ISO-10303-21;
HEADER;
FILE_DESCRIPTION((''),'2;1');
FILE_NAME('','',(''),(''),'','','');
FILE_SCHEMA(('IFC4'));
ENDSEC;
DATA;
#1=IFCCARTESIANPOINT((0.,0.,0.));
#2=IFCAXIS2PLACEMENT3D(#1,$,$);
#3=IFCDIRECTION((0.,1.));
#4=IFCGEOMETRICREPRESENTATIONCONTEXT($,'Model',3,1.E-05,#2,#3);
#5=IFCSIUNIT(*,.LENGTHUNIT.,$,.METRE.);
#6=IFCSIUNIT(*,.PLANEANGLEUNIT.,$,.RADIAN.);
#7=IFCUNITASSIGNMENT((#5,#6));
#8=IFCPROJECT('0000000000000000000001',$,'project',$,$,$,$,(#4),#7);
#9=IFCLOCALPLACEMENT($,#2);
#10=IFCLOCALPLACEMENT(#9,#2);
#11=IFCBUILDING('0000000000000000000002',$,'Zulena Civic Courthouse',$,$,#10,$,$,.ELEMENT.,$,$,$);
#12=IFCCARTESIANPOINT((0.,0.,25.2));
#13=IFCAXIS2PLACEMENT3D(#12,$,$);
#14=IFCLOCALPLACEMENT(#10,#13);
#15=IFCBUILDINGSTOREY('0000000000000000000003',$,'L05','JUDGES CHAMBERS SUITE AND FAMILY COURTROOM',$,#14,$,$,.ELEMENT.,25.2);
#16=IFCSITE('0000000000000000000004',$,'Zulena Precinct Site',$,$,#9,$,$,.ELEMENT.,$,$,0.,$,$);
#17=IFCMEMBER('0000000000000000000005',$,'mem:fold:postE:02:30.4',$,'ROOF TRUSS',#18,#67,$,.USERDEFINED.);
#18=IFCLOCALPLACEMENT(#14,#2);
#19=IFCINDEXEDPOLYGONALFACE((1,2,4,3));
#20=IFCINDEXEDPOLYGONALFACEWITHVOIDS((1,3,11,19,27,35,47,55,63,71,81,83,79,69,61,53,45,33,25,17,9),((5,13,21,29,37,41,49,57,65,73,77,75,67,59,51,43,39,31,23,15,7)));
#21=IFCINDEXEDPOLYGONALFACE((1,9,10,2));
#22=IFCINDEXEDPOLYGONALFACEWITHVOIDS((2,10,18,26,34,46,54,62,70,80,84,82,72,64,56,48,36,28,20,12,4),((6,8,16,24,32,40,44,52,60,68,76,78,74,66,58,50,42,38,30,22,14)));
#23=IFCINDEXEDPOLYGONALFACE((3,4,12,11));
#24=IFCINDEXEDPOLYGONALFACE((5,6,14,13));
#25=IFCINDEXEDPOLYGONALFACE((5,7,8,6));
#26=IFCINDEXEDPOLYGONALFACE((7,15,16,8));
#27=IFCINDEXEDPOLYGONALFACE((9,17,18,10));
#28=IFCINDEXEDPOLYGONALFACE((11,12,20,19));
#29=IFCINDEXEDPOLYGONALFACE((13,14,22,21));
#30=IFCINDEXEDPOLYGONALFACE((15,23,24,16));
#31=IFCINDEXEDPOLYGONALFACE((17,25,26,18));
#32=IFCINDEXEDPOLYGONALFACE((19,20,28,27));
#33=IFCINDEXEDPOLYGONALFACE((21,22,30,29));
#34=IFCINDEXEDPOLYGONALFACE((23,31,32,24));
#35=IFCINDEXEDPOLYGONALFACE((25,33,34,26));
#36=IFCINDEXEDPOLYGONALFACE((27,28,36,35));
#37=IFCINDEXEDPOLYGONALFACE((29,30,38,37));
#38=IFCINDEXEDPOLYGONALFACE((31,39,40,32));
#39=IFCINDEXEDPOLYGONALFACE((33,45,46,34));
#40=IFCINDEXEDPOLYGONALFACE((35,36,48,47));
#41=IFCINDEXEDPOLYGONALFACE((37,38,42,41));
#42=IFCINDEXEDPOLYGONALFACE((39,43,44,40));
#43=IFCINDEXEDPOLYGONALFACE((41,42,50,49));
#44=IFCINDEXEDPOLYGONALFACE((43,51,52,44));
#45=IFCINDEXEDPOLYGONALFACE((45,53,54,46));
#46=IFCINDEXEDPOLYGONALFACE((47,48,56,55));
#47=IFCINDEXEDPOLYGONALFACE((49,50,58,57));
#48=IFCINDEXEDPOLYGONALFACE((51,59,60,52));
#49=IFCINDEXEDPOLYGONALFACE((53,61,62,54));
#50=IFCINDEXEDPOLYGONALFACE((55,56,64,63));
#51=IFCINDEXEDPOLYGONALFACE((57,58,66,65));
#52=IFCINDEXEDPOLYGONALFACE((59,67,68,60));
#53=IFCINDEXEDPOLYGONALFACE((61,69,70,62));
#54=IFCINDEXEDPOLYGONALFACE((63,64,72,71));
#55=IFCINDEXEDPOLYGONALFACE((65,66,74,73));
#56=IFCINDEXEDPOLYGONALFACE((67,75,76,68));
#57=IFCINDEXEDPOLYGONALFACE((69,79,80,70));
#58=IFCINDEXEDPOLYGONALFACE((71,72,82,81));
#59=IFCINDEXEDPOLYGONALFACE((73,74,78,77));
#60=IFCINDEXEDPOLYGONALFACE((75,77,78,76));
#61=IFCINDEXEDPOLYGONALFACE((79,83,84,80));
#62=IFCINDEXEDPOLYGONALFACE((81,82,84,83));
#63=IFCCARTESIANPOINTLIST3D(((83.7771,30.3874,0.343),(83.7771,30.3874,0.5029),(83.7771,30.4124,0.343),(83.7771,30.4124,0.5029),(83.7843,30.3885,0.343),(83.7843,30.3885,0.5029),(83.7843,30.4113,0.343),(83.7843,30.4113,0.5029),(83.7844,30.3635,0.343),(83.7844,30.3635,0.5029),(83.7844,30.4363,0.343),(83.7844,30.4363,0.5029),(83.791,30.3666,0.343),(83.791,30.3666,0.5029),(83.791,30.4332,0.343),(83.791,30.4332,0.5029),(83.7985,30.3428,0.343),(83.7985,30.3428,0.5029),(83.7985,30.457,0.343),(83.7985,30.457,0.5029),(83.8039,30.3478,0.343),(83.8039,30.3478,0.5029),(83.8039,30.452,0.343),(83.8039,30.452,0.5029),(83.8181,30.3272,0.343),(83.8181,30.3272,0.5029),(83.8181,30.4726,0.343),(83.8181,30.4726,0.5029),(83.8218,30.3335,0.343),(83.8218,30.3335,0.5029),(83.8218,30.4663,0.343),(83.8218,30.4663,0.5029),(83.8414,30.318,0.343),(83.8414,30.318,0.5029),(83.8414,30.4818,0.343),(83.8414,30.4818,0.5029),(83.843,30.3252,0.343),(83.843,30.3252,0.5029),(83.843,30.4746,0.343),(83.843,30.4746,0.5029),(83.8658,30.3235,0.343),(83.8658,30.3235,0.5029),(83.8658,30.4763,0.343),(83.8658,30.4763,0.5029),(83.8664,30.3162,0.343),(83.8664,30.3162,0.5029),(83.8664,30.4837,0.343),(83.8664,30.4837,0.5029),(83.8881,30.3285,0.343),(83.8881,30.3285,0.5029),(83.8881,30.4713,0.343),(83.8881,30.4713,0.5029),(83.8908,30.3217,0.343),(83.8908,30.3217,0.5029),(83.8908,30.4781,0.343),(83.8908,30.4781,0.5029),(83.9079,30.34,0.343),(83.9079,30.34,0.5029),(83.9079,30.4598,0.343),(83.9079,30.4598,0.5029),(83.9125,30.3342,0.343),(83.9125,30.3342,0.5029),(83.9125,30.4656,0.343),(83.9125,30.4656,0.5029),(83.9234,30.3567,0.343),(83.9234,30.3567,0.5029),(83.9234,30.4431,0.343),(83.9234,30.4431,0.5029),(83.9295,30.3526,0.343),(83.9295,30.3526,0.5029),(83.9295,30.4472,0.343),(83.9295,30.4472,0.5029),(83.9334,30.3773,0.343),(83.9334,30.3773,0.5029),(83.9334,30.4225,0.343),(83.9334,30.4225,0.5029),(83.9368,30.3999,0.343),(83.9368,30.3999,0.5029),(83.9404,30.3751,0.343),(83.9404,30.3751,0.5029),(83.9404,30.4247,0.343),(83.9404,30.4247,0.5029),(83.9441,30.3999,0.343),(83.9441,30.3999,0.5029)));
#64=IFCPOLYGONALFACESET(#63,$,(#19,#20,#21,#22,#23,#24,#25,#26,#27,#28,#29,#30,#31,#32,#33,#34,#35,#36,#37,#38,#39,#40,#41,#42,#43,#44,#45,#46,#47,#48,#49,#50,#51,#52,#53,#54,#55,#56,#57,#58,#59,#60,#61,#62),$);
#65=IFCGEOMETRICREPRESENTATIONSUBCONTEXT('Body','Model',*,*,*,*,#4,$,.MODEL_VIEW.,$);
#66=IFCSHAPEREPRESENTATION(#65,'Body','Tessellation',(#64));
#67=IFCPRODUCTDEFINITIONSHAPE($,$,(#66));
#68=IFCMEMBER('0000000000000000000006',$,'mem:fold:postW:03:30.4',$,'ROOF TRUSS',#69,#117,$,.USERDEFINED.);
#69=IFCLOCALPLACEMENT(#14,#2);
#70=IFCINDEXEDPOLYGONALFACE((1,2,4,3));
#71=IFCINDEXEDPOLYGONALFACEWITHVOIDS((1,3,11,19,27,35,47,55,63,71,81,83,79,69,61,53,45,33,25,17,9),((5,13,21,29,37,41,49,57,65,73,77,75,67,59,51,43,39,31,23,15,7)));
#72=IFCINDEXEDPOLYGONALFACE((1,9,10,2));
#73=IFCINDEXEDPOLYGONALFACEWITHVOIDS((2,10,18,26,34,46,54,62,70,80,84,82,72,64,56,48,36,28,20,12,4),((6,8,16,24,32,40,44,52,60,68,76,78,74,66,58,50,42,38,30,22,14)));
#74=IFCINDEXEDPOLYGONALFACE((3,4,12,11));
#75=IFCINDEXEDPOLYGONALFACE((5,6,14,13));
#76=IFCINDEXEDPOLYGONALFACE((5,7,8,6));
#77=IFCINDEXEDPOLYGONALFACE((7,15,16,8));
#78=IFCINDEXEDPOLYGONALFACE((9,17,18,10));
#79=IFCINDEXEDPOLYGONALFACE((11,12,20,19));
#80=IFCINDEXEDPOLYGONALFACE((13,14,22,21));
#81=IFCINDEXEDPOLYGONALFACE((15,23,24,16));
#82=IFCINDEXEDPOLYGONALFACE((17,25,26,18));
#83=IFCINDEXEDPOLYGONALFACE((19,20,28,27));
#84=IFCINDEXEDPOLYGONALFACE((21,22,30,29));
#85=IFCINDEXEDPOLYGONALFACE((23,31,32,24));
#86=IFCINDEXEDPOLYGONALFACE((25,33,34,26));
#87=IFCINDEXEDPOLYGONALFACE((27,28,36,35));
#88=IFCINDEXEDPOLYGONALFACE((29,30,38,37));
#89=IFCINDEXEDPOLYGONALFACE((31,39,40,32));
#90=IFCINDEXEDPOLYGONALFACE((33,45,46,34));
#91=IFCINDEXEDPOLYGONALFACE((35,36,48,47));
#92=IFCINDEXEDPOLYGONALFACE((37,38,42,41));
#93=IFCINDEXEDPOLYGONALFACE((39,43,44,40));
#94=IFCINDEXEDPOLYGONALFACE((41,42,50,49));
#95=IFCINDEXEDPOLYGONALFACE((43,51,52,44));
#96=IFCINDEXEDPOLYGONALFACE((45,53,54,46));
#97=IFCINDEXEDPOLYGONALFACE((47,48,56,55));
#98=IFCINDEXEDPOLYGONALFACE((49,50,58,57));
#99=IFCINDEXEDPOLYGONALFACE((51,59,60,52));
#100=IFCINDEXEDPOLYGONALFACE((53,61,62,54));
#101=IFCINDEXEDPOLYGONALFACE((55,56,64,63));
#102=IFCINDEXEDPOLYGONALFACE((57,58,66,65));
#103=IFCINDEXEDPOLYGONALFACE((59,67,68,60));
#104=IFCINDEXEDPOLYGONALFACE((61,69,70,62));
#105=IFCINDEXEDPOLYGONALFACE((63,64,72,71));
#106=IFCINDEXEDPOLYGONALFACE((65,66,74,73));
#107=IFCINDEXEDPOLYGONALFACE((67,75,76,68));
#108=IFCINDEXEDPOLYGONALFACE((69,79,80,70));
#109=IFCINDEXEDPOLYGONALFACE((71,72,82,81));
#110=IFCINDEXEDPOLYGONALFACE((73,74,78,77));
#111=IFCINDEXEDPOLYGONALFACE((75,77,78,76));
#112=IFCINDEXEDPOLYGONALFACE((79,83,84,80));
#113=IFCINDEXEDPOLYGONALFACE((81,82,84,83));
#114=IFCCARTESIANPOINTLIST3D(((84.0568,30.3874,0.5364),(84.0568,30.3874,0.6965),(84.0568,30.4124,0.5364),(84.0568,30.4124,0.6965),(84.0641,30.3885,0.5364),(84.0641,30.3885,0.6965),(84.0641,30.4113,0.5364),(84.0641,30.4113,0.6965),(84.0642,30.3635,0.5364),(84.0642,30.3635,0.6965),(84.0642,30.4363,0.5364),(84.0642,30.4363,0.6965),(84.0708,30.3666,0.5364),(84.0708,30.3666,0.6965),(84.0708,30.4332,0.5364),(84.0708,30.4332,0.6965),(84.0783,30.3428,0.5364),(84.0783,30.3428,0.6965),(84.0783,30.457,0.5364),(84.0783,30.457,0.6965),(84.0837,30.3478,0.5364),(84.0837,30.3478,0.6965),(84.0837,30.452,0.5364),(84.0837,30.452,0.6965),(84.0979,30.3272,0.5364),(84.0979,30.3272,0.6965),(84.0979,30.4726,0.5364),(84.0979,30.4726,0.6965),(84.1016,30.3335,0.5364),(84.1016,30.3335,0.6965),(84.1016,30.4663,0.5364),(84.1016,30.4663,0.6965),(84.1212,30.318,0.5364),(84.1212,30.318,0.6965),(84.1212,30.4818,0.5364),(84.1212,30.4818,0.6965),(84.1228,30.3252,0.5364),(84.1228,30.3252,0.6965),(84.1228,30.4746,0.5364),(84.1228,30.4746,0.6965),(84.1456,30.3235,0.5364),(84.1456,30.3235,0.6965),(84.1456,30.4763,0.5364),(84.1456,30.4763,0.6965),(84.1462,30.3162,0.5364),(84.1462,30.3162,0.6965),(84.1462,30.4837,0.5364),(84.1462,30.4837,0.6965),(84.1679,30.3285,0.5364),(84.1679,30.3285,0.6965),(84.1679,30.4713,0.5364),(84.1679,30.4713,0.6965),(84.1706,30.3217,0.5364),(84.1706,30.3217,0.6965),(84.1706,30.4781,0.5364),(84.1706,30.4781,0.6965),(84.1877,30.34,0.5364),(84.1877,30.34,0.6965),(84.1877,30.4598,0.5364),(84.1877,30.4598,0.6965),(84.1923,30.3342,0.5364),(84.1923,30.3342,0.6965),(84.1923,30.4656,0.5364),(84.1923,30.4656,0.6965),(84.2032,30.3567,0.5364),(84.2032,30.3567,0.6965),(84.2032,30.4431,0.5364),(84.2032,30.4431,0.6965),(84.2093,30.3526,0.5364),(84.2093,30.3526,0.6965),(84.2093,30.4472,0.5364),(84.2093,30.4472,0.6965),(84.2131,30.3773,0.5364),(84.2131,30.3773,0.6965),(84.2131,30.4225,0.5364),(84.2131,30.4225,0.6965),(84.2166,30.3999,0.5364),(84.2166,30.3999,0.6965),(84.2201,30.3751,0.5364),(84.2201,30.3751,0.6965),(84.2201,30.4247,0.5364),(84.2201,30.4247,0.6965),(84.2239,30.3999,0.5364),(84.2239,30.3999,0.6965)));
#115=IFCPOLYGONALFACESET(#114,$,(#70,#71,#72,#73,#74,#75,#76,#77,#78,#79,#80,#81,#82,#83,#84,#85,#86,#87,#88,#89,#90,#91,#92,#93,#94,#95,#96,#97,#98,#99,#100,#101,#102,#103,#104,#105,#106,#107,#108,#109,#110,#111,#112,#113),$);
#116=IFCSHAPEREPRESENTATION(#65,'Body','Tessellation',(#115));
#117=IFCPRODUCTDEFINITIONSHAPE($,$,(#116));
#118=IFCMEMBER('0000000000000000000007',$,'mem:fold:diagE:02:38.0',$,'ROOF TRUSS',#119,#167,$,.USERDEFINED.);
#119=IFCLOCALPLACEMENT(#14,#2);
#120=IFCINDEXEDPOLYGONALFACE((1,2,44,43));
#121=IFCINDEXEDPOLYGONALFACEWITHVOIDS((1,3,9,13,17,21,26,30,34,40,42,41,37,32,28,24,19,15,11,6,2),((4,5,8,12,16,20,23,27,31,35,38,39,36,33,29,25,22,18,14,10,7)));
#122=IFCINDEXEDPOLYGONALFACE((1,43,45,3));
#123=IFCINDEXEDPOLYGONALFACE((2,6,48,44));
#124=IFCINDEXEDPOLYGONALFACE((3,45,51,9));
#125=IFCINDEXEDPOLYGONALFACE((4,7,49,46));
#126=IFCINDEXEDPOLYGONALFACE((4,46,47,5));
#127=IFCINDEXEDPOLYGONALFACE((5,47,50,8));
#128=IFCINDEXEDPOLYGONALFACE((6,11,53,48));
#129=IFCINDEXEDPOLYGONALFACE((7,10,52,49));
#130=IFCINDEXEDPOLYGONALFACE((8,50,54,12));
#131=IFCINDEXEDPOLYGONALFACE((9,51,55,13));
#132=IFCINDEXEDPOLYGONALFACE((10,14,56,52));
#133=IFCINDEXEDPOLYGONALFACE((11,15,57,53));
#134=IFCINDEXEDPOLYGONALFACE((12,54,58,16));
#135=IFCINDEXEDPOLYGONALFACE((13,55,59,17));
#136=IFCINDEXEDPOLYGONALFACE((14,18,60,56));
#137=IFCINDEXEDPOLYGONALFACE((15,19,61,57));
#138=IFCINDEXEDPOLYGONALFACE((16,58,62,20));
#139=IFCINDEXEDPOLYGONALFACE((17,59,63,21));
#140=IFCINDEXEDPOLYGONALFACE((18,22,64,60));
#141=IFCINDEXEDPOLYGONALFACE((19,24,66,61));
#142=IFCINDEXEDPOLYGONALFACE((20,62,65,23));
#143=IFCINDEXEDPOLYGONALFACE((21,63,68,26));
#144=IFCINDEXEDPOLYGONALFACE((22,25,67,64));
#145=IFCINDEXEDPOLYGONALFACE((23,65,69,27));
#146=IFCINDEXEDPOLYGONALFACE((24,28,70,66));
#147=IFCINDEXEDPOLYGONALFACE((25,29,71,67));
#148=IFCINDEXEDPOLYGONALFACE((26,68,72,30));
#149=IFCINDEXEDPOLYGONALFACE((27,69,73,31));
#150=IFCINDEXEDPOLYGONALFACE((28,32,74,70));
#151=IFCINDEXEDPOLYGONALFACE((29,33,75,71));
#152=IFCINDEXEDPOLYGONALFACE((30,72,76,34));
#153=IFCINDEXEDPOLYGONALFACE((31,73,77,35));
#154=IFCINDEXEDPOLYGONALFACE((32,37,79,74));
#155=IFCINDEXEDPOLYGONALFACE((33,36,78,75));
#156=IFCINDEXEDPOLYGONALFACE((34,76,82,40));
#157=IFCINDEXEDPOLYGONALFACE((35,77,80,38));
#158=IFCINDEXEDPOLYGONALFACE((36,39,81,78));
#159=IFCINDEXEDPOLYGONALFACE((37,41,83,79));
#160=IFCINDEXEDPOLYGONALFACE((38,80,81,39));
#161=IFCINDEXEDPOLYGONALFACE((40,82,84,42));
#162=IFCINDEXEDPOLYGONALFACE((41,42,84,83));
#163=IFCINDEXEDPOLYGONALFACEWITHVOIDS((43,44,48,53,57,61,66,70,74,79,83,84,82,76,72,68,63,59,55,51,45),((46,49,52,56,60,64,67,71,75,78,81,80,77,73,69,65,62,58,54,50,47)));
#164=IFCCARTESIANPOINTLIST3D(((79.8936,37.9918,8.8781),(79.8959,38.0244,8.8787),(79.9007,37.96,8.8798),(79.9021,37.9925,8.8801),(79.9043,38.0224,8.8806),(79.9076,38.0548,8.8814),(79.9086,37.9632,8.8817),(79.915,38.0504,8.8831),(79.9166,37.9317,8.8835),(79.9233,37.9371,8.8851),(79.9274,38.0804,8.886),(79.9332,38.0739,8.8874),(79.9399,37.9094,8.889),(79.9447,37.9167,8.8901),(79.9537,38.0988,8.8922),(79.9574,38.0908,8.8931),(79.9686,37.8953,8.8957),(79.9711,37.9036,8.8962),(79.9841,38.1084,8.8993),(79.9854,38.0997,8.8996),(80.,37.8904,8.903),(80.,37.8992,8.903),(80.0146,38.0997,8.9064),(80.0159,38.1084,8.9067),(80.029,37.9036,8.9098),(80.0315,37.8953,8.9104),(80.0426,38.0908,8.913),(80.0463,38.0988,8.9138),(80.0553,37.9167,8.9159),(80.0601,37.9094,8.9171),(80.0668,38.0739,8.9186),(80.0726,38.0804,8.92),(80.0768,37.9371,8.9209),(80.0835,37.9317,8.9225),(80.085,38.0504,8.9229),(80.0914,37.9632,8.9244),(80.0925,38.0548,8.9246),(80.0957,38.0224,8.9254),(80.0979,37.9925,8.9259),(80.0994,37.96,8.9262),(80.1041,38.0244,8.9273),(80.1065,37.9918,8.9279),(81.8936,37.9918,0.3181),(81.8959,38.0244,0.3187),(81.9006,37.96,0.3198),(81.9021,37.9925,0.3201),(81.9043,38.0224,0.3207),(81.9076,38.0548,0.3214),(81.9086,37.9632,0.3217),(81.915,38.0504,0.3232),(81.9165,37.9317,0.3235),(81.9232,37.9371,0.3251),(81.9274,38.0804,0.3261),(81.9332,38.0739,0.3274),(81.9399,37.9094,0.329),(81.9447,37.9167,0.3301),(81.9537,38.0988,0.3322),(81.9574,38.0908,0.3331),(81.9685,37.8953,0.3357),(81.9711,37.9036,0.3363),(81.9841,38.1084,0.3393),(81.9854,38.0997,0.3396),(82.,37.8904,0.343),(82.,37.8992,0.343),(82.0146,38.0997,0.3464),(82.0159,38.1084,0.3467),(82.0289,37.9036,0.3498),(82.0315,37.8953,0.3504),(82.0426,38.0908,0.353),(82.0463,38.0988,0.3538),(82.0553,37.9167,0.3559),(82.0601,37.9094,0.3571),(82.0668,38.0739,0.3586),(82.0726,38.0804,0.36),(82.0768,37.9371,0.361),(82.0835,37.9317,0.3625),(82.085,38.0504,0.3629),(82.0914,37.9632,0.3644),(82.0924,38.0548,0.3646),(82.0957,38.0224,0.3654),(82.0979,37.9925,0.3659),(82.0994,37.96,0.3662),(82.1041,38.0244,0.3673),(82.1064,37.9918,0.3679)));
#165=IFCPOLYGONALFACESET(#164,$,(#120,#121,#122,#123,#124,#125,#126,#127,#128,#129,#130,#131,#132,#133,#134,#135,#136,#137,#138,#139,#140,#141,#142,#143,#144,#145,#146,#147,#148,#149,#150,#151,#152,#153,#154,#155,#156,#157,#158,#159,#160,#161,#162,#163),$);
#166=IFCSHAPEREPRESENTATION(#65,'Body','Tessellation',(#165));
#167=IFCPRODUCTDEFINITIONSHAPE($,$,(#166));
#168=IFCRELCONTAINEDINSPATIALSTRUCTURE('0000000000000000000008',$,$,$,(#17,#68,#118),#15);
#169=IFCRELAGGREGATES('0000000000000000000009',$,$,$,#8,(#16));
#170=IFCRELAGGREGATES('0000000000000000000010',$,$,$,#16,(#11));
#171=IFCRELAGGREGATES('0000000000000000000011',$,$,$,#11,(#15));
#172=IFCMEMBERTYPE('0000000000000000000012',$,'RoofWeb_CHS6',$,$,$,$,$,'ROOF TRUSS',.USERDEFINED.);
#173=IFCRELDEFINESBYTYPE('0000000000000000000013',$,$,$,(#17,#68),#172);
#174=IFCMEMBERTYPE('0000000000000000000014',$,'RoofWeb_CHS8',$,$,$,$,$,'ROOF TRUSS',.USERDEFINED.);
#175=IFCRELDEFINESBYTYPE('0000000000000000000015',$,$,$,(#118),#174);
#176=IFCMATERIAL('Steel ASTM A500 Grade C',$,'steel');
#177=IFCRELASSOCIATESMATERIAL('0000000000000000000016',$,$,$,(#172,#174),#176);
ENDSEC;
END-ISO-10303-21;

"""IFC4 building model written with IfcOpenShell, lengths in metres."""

from ifc_helpers import new_model, si_unit, direction, frame, origin, origin_2d, place, context, subcontext, project, spatial, hollow_circle, extrude, material, material_profile, profile_set, type_object, element, save


model = new_model("IFC4")

# Units and contexts
model_context = context("Model", 3, precision=1e-05, world=origin(), true_north=direction((0.0, 1.0)))
body_context = subcontext(model_context, "Body", "Model", "MODEL_VIEW")
ifc_project = project(units=[si_unit("LENGTHUNIT", "METRE"), si_unit("PLANEANGLEUNIT", "RADIAN")], contexts=[model_context])

# Site, building, storey
site_placement = place(None, origin())
site = spatial("IfcSite", under=ifc_project, at=site_placement, Name="Zulena Precinct Site", CompositionType="ELEMENT", RefElevation=0.0)
building_placement = place(site_placement, origin())
building = spatial("IfcBuilding", under=site, at=building_placement, Name="Zulena Civic Courthouse", CompositionType="ELEMENT")
storey_placement = place(building_placement, frame((0.0, 0.0, 25.2)))
storey = spatial("IfcBuildingStorey", under=building, at=storey_placement, Name="L05", Description="JUDGES CHAMBERS SUITE AND FAMILY COURTROOM", CompositionType="ELEMENT", Elevation=25.2)

# Members
ifc_material_1 = material(Name="Steel ASTM A500 Grade C", Category="steel")
ifc_material_profile_1 = material_profile(ifc_material_1, hollow_circle(Radius=0.084, WallThickness=0.0073, at=origin_2d()), Name="HSS6.625X0.312")
ifc_profile_set_1 = profile_set([ifc_material_profile_1], Name="Steel ASTM A500 Grade C")
member_type_1 = type_object("IfcMemberType", Name="RoofWeb_CHS6", ElementType="ROOF TRUSS", PredefinedType="USERDEFINED", material=ifc_profile_set_1)
member_1_placement = place(storey_placement, frame((83.8601, 30.3999, 0.343), z_axis=(0.0, 0.0, 1.0), x_axis=(1.0, 0.0, 0.0)))
element("IfcMember", 1, at=member_1_placement, inside=storey, type_object=member_type_1, Name="mem:fold:postE:02:30.4", ObjectType="ROOF TRUSS", PredefinedType="USERDEFINED", context=body_context, shape_type="SweptSolid", body=[
    extrude(hollow_circle(Radius=0.084, WallThickness=0.0073, at=origin_2d()), origin(), (0.0, 0.0, 1.0), 0.1599),
])
member_2_placement = place(storey_placement, frame((84.1399, 30.3999, 0.5364), z_axis=(0.0, 0.0, 1.0), x_axis=(1.0, 0.0, 0.0)))
element("IfcMember", 2, at=member_2_placement, inside=storey, type_object=member_type_1, Name="mem:fold:postW:03:30.4", ObjectType="ROOF TRUSS", PredefinedType="USERDEFINED", context=body_context, shape_type="SweptSolid", body=[
    extrude(hollow_circle(Radius=0.084, WallThickness=0.0073, at=origin_2d()), origin(), (0.0, 0.0, 1.0), 0.1602),
])
ifc_material_profile_2 = material_profile(ifc_material_1, hollow_circle(Radius=0.1096, WallThickness=0.0088, at=origin_2d()), Name="HSS8.625X0.375")
ifc_profile_set_2 = profile_set([ifc_material_profile_2], Name="Steel ASTM A500 Grade C")
member_type_2 = type_object("IfcMemberType", Name="RoofWeb_CHS8", ElementType="ROOF TRUSS", PredefinedType="USERDEFINED", material=ifc_profile_set_2)
member_3_placement = place(storey_placement, frame((82.0, 38.0, 0.343), z_axis=(-0.227516, 0.0, 0.973774), x_axis=(0.0, -1.0, 0.0)))
element("IfcMember", 3, at=member_3_placement, inside=storey, type_object=member_type_2, Name="mem:fold:diagE:02:38.0", ObjectType="ROOF TRUSS", PredefinedType="USERDEFINED", context=body_context, shape_type="SweptSolid", body=[
    extrude(hollow_circle(Radius=0.1096, WallThickness=0.0088, at=origin_2d()), origin(), (0.0, 0.0, 1.0), 8.7905),
])

save(model, "model.ifc")
